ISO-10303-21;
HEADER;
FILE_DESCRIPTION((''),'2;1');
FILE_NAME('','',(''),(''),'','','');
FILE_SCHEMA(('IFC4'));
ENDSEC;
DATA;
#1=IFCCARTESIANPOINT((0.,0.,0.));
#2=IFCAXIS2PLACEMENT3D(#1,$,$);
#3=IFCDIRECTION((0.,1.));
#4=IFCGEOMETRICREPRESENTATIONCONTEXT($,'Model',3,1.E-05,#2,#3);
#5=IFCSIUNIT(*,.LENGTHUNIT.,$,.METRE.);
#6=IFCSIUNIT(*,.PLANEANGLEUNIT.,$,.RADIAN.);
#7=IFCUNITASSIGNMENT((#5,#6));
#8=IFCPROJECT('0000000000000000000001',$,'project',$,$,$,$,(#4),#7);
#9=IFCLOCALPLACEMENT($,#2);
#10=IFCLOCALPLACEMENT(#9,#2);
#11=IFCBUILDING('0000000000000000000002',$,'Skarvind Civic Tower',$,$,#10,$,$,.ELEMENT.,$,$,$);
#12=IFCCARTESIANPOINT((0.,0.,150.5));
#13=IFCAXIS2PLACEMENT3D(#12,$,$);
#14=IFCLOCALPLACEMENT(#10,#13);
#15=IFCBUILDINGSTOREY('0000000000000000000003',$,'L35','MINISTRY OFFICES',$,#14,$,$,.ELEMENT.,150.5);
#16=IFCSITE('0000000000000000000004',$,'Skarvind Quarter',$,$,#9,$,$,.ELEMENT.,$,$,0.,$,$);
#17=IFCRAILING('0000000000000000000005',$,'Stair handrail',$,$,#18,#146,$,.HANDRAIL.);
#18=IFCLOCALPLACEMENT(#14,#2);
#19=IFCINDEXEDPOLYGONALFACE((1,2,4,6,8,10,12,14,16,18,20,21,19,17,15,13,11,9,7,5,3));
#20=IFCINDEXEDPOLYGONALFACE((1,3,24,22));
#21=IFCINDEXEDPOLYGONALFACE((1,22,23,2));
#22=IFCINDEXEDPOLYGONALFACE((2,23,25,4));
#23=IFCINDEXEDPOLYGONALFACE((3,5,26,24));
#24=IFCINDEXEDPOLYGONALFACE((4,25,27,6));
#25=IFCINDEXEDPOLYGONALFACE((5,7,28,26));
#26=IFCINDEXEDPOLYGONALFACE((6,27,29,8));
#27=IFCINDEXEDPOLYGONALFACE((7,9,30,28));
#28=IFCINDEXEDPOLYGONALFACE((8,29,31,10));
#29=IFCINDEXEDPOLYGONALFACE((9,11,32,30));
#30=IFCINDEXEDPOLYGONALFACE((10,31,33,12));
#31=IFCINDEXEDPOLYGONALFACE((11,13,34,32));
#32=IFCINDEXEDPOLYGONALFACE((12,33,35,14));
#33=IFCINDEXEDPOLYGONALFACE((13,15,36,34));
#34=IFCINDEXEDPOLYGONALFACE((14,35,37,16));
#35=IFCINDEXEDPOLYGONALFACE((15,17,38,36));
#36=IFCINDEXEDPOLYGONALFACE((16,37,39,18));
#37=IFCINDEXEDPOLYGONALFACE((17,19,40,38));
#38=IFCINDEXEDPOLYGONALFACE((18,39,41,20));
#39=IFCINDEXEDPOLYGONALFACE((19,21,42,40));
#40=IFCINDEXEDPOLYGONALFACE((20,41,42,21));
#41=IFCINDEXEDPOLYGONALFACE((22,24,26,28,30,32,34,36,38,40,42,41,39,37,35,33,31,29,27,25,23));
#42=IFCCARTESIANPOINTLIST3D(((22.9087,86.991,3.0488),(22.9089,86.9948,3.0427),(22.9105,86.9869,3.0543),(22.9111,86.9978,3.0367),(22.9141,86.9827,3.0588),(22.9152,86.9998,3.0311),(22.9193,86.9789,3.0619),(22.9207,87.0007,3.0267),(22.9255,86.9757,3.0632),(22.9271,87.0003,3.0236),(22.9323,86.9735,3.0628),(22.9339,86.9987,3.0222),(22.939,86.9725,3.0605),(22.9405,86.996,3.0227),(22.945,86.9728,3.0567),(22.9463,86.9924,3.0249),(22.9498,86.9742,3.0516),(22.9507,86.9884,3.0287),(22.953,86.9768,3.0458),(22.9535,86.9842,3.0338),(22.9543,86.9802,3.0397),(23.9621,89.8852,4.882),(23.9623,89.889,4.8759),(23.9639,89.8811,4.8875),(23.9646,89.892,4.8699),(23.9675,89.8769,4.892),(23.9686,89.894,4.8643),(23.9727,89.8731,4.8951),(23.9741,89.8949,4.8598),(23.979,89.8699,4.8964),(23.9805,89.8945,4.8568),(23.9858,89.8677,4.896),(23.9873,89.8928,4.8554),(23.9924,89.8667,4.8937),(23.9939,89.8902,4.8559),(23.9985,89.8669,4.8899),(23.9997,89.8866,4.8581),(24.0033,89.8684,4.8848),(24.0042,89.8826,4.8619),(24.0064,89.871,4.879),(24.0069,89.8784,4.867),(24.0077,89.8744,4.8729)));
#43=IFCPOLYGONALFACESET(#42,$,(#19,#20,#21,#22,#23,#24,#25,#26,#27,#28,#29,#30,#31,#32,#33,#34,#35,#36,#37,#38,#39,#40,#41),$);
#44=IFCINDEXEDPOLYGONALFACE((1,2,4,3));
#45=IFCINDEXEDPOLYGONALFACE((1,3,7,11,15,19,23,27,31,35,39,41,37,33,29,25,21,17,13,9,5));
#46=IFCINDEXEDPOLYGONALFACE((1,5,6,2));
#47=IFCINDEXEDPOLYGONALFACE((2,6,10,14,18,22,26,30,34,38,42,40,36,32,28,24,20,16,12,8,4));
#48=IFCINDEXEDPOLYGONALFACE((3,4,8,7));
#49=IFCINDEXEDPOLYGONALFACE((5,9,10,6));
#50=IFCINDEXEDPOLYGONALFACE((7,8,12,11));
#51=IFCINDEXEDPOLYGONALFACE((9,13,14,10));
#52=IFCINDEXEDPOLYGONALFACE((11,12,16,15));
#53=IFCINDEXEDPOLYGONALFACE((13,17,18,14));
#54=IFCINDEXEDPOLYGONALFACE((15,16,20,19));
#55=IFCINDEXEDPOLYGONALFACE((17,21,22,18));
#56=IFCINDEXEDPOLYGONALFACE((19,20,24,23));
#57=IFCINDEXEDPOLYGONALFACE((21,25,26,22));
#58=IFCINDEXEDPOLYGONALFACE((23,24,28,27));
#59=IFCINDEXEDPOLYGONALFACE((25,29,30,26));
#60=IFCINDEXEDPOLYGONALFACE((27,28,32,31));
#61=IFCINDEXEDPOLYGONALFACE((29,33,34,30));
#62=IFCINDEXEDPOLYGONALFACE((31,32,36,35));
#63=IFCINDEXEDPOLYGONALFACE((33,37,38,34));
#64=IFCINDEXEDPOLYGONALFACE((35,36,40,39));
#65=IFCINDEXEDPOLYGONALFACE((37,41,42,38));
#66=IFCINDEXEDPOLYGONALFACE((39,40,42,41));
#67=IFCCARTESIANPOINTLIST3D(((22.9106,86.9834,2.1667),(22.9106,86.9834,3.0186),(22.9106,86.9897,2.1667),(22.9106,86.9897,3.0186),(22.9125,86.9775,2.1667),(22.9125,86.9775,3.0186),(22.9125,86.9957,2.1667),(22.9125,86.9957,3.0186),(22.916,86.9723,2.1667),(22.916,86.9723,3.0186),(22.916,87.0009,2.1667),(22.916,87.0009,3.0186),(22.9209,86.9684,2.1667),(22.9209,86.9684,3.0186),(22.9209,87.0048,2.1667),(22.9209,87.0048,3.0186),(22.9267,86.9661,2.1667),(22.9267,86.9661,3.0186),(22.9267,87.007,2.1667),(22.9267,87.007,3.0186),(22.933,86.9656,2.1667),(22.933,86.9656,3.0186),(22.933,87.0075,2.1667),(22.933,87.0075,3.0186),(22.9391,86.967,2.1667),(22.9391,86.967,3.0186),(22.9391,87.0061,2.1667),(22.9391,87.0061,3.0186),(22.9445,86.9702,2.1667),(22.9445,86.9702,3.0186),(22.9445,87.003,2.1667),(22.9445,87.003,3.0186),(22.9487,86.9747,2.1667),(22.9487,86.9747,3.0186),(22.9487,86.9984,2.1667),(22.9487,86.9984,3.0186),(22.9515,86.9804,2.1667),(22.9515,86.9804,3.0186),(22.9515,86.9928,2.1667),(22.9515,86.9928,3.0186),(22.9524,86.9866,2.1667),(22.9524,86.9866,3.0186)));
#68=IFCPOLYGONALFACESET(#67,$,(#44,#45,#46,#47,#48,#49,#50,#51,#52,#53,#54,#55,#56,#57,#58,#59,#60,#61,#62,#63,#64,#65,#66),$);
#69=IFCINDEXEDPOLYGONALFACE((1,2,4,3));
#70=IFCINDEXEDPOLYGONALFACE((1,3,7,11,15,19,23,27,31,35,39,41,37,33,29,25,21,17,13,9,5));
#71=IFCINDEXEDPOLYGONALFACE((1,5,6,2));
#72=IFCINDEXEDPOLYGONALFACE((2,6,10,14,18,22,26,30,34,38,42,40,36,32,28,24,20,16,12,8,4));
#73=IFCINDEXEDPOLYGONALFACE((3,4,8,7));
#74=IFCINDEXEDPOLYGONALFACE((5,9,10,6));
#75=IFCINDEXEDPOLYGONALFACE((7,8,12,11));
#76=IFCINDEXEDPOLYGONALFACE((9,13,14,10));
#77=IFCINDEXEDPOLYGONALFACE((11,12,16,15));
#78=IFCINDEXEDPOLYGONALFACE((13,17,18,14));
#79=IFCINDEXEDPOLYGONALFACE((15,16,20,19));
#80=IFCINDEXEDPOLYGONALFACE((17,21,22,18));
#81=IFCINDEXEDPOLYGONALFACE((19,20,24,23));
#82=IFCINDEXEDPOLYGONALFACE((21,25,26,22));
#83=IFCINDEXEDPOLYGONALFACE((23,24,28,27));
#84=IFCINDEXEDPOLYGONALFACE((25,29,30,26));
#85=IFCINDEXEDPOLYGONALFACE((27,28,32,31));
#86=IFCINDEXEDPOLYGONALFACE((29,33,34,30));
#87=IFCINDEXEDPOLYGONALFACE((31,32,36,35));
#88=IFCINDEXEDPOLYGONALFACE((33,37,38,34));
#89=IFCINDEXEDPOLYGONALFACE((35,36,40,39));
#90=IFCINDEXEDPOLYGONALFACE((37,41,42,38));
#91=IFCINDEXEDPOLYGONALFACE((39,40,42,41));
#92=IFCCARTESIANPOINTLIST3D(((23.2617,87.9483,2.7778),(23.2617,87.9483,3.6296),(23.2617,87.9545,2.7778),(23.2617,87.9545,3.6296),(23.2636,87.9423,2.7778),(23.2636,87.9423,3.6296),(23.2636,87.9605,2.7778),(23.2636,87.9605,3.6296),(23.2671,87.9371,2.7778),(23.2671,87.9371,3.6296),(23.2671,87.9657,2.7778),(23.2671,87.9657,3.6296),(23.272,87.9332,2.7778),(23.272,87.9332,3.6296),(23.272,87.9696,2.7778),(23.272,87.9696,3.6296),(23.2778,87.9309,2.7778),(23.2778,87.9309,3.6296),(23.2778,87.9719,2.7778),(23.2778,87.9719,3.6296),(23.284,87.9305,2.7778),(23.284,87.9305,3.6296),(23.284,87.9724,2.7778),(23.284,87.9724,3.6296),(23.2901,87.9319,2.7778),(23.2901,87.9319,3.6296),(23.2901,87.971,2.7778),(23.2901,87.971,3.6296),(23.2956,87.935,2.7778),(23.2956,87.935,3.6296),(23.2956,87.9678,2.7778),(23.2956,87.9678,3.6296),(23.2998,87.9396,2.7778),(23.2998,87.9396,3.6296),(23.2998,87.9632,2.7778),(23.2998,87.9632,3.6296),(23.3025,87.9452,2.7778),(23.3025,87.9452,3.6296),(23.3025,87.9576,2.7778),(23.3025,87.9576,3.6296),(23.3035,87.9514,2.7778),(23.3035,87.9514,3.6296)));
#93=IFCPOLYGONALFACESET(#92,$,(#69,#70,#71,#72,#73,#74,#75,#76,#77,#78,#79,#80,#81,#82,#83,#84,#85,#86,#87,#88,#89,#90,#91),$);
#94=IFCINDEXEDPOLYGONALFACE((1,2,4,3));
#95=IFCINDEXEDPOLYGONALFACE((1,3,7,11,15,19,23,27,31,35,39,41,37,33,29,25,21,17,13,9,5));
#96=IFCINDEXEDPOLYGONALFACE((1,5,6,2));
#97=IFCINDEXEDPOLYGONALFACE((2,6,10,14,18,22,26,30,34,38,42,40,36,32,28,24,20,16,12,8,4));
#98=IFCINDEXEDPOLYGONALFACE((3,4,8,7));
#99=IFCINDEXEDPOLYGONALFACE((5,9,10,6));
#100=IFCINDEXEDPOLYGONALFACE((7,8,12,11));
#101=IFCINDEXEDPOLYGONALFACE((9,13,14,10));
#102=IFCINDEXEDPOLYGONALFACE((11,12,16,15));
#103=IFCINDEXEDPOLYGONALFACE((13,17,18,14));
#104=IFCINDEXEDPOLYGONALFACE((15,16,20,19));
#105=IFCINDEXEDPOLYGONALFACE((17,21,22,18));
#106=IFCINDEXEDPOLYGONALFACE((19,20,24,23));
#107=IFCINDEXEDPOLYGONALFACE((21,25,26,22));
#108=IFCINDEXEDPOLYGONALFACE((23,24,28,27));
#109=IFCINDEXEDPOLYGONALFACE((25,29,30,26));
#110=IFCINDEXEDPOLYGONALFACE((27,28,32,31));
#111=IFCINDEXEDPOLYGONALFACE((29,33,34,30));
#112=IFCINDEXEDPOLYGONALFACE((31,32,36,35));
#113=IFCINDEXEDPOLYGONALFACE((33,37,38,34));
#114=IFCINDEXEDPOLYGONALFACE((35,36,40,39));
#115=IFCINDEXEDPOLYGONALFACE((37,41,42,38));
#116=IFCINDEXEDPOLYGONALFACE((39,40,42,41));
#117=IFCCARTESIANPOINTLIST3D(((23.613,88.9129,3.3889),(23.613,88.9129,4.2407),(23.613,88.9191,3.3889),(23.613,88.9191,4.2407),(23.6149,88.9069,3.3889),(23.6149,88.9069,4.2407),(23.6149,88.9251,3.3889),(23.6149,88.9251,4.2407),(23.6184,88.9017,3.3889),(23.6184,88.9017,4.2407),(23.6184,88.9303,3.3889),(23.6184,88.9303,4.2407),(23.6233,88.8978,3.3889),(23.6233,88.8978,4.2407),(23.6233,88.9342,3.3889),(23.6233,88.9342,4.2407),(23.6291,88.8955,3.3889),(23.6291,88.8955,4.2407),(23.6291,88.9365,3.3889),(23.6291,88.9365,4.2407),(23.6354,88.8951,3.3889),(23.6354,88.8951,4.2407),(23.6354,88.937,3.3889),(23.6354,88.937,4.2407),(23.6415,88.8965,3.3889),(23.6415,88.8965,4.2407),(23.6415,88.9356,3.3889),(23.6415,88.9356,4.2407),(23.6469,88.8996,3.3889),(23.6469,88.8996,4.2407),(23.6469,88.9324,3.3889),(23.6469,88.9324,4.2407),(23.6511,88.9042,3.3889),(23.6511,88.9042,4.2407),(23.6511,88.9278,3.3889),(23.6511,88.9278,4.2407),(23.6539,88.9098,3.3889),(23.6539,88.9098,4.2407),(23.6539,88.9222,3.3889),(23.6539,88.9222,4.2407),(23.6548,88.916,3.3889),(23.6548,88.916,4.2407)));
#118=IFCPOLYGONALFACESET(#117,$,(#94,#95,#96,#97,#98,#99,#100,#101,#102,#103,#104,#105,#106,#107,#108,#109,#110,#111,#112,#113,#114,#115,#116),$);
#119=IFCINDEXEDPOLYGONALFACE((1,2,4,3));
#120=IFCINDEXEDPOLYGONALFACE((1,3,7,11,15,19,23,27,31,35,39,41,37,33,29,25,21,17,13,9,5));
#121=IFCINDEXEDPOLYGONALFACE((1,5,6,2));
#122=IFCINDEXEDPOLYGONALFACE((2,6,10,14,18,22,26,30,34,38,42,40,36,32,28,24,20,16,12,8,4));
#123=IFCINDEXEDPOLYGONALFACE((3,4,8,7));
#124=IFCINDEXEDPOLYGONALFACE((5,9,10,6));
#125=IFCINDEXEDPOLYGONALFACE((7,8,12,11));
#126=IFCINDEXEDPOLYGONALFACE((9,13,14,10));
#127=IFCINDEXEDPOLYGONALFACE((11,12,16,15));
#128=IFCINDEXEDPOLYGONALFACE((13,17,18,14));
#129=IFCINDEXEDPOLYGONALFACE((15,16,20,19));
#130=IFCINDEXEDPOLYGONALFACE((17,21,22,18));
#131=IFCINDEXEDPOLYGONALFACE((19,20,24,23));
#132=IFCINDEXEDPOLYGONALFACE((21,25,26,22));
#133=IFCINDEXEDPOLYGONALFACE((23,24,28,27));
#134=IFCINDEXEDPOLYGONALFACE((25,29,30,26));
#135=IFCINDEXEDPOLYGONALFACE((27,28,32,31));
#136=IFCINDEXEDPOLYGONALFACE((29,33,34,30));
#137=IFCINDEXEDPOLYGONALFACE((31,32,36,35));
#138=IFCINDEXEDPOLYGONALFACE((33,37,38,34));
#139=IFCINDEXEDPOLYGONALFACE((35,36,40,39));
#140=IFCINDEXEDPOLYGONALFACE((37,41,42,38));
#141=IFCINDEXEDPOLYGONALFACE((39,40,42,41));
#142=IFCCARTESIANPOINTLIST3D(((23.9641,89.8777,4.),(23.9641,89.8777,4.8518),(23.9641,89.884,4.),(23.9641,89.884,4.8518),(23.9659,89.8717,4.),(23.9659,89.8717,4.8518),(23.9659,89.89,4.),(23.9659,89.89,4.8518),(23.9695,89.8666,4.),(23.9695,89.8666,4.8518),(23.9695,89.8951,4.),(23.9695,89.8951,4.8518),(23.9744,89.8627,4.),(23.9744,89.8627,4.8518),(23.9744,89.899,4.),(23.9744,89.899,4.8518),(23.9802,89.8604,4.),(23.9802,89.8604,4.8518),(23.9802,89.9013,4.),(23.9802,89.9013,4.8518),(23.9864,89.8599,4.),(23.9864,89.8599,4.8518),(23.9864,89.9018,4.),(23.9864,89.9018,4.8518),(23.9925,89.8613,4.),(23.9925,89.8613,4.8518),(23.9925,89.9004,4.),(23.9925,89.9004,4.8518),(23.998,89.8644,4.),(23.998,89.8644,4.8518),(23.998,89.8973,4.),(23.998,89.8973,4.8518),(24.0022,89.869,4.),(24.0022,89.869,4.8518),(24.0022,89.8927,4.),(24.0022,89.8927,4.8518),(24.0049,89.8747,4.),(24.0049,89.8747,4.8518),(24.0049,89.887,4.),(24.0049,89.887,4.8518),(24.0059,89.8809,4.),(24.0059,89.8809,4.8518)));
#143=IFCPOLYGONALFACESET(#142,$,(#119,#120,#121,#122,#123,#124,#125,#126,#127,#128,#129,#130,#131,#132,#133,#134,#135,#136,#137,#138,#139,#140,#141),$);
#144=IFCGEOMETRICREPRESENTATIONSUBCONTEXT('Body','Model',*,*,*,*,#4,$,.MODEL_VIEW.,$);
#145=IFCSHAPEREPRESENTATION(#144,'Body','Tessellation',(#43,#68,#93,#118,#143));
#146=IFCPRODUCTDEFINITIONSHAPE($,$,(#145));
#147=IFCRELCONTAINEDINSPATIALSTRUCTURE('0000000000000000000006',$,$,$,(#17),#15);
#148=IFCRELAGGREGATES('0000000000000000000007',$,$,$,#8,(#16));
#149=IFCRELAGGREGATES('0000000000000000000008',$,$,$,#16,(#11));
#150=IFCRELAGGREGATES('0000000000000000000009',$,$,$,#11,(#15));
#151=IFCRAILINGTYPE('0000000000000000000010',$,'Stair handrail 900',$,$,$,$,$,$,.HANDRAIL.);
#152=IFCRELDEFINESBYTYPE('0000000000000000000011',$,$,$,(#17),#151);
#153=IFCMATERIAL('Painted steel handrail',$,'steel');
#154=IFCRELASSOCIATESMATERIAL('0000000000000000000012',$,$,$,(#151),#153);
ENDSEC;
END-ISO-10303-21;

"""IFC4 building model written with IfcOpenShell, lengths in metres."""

from ifc_helpers import new_model, si_unit, direction, frame, origin, origin_2d, place, context, subcontext, project, spatial, circle, extrude, material, type_object, element, save


model = new_model("IFC4")

# Units and contexts
model_context = context("Model", 3, precision=1e-05, world=origin(), true_north=direction((0.0, 1.0)))
body_context = subcontext(model_context, "Body", "Model", "MODEL_VIEW")
ifc_project = project(units=[si_unit("LENGTHUNIT", "METRE"), si_unit("PLANEANGLEUNIT", "RADIAN")], contexts=[model_context])

# Site, building, storey
site_placement = place(None, origin())
site = spatial("IfcSite", under=ifc_project, at=site_placement, Name="Skarvind Quarter", CompositionType="ELEMENT", RefElevation=0.0)
building_placement = place(site_placement, origin())
building = spatial("IfcBuilding", under=site, at=building_placement, Name="Skarvind Civic Tower", CompositionType="ELEMENT")
storey_placement = place(building_placement, frame((0.0, 0.0, 150.5)))
storey = spatial("IfcBuildingStorey", under=building, at=storey_placement, Name="L35", Description="MINISTRY OFFICES", CompositionType="ELEMENT", Elevation=150.5)

# Railing
ifc_material_1 = material(Name="Painted steel handrail", Category="steel")
railing_type = type_object("IfcRailingType", Name="Stair handrail 900", PredefinedType="HANDRAIL", material=ifc_material_1)
railing_1_placement = place(storey_placement, frame((22.9314, 86.9866, 2.1667)))
element("IfcRailing", 1, at=railing_1_placement, inside=storey, type_object=railing_type, Name="Stair handrail", PredefinedType="HANDRAIL", context=body_context, shape_type="SweptSolid", body=[
    extrude(circle(Radius=0.0239, at=origin_2d()), frame((0.0, 0.0, 0.876), z_axis=(0.293908, 0.807481, 0.511461), x_axis=(-0.939689, 0.342029, 0.0)), (0.0, 0.0, 1.0), 3.5842),
    extrude(circle(Radius=0.021, at=origin_2d()), origin(), (0.0, 0.0, 1.0), 0.8518),
    extrude(circle(Radius=0.021, at=origin_2d()), frame((0.3511, 0.9648, 0.6111)), (0.0, 0.0, 1.0), 0.8518),
    extrude(circle(Radius=0.021, at=origin_2d()), frame((0.7024, 1.9294, 1.2222)), (0.0, 0.0, 1.0), 0.8518),
    extrude(circle(Radius=0.021, at=origin_2d()), frame((1.0535, 2.8943, 1.8333)), (0.0, 0.0, 1.0), 0.8518),
])

save(model, "model.ifc")
